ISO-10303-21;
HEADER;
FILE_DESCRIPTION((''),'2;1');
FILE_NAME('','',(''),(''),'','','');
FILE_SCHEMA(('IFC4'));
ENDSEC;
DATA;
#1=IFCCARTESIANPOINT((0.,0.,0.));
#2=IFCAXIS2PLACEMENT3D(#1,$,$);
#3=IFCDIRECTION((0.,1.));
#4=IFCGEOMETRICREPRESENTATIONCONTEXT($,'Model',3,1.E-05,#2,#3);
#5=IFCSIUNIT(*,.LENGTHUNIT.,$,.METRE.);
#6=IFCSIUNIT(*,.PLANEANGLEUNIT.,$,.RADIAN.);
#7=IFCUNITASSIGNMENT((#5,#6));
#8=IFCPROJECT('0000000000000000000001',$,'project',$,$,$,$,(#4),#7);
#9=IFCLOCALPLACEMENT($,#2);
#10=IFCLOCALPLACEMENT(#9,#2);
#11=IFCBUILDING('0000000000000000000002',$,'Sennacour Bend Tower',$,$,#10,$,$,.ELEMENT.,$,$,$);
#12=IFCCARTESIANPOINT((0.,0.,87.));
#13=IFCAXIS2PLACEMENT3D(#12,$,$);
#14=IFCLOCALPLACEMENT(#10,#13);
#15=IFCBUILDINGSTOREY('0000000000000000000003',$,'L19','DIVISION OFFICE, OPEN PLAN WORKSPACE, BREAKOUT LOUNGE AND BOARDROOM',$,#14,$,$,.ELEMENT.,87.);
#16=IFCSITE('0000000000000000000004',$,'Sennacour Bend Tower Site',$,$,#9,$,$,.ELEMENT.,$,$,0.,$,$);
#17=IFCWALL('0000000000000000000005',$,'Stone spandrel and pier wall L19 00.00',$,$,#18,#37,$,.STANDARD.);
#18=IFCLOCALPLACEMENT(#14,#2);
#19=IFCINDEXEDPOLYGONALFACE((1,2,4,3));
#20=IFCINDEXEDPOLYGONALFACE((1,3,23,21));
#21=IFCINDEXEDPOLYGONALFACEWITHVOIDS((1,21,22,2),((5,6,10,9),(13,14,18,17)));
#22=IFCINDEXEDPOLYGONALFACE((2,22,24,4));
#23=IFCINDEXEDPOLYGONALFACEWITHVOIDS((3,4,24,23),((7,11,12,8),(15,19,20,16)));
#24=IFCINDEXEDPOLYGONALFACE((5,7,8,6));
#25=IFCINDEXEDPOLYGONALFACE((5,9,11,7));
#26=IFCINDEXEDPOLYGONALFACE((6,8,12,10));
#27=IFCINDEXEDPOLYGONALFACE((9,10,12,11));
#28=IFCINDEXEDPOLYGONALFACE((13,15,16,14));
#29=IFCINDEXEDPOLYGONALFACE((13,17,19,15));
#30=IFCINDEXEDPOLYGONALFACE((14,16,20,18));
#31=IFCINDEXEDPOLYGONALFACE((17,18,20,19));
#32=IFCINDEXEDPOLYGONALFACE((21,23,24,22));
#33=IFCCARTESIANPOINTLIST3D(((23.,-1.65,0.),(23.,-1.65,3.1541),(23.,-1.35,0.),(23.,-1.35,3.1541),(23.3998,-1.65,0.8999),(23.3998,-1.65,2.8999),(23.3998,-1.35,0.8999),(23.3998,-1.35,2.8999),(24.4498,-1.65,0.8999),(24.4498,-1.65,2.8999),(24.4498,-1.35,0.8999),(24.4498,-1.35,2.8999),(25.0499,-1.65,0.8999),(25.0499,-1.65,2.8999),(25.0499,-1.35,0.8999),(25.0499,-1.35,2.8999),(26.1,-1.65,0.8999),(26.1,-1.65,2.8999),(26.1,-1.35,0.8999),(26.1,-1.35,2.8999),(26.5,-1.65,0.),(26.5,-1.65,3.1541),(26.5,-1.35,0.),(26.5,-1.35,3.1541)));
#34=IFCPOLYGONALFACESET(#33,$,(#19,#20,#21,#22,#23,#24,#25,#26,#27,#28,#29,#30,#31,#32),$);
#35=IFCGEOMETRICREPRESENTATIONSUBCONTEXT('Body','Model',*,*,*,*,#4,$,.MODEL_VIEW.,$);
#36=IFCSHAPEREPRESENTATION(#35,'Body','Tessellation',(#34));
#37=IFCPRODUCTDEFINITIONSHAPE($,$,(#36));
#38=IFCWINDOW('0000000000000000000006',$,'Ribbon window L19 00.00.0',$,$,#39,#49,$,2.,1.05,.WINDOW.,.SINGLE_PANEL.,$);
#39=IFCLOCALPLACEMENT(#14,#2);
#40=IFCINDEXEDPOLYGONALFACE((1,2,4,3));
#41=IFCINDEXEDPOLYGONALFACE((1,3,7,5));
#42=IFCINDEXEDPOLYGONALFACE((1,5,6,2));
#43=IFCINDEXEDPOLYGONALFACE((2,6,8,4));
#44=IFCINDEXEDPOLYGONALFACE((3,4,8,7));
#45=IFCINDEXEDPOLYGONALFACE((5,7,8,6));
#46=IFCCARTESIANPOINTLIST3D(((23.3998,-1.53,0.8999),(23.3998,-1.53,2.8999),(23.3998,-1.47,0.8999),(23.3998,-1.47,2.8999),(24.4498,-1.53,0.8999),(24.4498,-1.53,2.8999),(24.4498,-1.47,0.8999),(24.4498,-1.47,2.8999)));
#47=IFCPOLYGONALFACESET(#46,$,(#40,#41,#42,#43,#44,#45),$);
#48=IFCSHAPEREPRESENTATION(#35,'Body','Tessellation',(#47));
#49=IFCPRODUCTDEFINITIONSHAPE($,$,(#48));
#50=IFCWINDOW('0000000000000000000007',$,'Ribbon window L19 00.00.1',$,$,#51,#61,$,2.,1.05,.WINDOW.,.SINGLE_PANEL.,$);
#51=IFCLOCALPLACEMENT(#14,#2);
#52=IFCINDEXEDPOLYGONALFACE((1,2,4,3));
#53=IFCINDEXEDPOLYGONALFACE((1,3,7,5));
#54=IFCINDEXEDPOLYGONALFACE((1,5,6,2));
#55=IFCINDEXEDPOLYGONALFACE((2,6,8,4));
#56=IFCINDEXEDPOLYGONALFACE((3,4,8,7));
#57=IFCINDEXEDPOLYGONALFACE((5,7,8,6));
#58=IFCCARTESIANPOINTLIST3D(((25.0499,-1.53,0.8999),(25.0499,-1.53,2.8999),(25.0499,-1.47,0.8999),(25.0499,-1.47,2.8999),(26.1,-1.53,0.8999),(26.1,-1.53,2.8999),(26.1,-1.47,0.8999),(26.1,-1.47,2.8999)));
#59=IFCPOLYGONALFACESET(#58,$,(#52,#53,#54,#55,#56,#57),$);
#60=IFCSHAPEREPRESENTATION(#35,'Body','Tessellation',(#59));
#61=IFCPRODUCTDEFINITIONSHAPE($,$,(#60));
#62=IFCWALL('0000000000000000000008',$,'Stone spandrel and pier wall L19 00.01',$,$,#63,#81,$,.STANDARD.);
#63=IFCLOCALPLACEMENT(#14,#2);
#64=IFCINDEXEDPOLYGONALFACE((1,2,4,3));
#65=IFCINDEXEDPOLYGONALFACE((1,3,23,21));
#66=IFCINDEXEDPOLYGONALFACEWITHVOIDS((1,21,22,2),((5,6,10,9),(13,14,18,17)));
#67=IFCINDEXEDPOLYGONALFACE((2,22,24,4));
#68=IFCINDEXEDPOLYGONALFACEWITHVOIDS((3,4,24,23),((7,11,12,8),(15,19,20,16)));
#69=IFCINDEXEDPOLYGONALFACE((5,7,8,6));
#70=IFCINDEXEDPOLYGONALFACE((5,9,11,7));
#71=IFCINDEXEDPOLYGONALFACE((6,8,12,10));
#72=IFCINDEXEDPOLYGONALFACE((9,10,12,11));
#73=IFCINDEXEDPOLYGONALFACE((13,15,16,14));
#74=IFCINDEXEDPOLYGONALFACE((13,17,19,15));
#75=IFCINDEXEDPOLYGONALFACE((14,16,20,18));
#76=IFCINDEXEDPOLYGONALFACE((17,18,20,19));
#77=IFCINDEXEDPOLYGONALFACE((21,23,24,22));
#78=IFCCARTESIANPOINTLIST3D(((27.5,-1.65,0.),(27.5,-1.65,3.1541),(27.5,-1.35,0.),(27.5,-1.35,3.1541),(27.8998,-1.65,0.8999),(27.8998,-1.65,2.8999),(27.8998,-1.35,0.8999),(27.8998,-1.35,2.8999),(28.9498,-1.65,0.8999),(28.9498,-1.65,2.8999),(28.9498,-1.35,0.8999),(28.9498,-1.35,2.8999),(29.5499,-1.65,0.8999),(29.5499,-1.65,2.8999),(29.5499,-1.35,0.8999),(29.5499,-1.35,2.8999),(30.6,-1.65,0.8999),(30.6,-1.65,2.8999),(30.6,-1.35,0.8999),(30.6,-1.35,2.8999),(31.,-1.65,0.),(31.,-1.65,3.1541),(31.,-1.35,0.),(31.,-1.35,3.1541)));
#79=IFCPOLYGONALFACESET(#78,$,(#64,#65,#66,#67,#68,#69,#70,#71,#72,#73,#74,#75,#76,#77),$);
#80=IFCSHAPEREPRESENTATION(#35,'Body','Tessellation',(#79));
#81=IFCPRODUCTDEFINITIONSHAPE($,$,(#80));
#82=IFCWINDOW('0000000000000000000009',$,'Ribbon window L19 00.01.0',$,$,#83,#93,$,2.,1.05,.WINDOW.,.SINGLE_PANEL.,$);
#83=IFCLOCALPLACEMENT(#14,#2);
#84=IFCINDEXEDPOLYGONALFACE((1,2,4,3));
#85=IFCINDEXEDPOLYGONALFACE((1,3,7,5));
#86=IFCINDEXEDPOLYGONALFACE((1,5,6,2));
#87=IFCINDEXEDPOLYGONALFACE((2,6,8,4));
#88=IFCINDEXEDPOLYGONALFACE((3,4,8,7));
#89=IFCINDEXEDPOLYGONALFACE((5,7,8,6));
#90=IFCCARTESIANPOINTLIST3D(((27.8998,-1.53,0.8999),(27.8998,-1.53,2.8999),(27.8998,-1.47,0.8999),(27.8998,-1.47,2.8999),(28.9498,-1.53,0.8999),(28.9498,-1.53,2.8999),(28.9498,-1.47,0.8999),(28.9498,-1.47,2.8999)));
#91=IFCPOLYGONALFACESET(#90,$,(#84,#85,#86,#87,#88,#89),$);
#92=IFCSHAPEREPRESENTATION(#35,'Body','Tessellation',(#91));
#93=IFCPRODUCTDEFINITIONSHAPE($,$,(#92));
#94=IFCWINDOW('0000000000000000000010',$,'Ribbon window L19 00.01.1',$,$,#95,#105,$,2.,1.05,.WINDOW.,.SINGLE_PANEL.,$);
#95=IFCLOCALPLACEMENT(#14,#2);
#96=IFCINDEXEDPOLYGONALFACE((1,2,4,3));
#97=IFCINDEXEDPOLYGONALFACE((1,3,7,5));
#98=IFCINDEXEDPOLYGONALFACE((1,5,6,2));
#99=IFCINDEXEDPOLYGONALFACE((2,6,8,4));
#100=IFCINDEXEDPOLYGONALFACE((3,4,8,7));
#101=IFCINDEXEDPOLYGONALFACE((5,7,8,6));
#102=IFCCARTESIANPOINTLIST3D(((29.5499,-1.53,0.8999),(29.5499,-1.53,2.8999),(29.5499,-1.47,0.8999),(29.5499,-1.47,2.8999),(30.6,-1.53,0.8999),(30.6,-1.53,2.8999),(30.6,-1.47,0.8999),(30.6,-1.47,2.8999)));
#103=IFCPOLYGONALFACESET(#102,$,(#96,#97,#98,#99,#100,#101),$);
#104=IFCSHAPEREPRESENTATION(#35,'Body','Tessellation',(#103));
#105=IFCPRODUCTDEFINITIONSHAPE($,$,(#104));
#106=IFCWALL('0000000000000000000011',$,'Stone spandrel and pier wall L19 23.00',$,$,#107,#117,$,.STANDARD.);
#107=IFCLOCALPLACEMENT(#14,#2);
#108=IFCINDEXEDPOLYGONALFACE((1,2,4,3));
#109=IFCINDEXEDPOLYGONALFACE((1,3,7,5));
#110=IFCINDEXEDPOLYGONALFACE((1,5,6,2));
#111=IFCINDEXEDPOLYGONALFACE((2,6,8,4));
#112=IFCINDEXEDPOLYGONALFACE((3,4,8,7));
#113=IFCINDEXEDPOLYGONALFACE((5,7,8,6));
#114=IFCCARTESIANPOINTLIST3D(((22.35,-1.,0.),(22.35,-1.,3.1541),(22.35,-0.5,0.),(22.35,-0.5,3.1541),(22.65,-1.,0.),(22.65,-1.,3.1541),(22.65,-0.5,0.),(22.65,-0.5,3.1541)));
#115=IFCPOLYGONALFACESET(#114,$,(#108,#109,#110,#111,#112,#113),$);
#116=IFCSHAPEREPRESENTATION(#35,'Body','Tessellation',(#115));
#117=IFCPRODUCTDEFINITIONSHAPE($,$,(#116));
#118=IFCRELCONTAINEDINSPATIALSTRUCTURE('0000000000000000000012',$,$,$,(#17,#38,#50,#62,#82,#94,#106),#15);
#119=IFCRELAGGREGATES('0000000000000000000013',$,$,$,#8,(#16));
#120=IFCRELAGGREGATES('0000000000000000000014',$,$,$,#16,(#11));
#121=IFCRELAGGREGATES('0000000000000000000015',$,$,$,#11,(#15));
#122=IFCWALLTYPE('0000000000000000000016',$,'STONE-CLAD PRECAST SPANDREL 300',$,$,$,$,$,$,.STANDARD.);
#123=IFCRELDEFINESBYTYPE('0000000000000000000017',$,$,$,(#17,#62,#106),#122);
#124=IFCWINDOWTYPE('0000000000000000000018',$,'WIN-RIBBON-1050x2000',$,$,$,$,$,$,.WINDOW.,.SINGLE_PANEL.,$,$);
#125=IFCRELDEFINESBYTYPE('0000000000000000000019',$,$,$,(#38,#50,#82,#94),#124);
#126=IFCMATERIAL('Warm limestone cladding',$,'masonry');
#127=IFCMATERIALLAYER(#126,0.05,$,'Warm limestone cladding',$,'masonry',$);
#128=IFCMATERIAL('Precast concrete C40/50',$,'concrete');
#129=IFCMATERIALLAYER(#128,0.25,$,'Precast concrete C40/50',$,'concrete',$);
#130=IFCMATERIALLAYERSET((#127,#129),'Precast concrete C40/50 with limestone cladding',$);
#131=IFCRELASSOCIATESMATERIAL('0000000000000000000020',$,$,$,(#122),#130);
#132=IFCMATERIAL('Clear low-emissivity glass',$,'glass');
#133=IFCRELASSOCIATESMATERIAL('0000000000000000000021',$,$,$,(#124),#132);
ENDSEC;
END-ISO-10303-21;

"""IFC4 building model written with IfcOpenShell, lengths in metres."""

from ifc_helpers import new_model, si_unit, direction, frame, frame_2d, origin, place, context, subcontext, project, spatial, rectangle, extrude, material, layer, layer_set, type_object, element, fill, save


model = new_model("IFC4")

# Units and contexts
model_context = context("Model", 3, precision=1e-05, world=origin(), true_north=direction((0.0, 1.0)))
body_context = subcontext(model_context, "Body", "Model", "MODEL_VIEW")
ifc_project = project(units=[si_unit("LENGTHUNIT", "METRE"), si_unit("PLANEANGLEUNIT", "RADIAN")], contexts=[model_context])

# Site, building, storey
site_placement = place(None, origin())
site = spatial("IfcSite", under=ifc_project, at=site_placement, Name="Sennacour Bend Tower Site", CompositionType="ELEMENT", RefElevation=0.0)
building_placement = place(site_placement, origin())
building = spatial("IfcBuilding", under=site, at=building_placement, Name="Sennacour Bend Tower", CompositionType="ELEMENT")
storey_placement = place(building_placement, frame((0.0, 0.0, 87.0)))
storey = spatial("IfcBuildingStorey", under=building, at=storey_placement, Name="L19", Description="DIVISION OFFICE, OPEN PLAN WORKSPACE, BREAKOUT LOUNGE AND BOARDROOM", CompositionType="ELEMENT", Elevation=87.0)

# Walls, openings, windows
ifc_material_1 = material(Name="Warm limestone cladding", Category="masonry")
ifc_layer_1 = layer(ifc_material_1, 0.05, Name="Warm limestone cladding", Category="masonry")
ifc_material_2 = material(Name="Precast concrete C40/50", Category="concrete")
ifc_layer_2 = layer(ifc_material_2, 0.25, Name="Precast concrete C40/50", Category="concrete")
ifc_layer_set_1 = layer_set([ifc_layer_1, ifc_layer_2], Name="Precast concrete C40/50 with limestone cladding")
wall_type_1 = type_object("IfcWallType", Name="STONE-CLAD PRECAST SPANDREL 300", PredefinedType="STANDARD", material=ifc_layer_set_1)
wall_1_placement = place(storey_placement, frame((23.0, -1.5, 0.0), z_axis=(0.0, 0.0, 1.0), x_axis=(1.0, 0.0, 0.0)))
wall_1 = element("IfcWall", 1, at=wall_1_placement, inside=storey, type_object=wall_type_1, Name="Stone spandrel and pier wall L19 00.00", PredefinedType="STANDARD", context=body_context, shape_type="SweptSolid", body=[
    extrude(rectangle(XDim=3.5, YDim=0.3, at=frame_2d((1.75, 0.0))), origin(), (0.0, 0.0, 1.0), 3.1541),
])
opening_1_placement = place(wall_1_placement, frame((0.3999, 0.0, 0.8999)))
opening_1 = element("IfcOpeningElement", 2, at=opening_1_placement, cuts=wall_1, PredefinedType="OPENING", context=body_context, shape_type="SweptSolid", body=[
    extrude(rectangle(XDim=1.05, YDim=2.0, at=frame_2d((0.5249, 1.0))), frame((0.0, 0.1602, 0.0), z_axis=(0.0, -1.0, 0.0), x_axis=(1.0, 0.0, 0.0)), (0.0, 0.0, 1.0), 0.3201),
])
opening_2_placement = place(wall_1_placement, frame((2.05, 0.0, 0.8999)))
opening_2 = element("IfcOpeningElement", 3, at=opening_2_placement, cuts=wall_1, PredefinedType="OPENING", context=body_context, shape_type="SweptSolid", body=[
    extrude(rectangle(XDim=1.05, YDim=2.0, at=frame_2d((0.5249, 1.0))), frame((0.0, 0.1602, 0.0), z_axis=(0.0, -1.0, 0.0), x_axis=(1.0, 0.0, 0.0)), (0.0, 0.0, 1.0), 0.3201),
])
ifc_material_3 = material(Name="Clear low-emissivity glass", Category="glass")
window_type = type_object("IfcWindowType", Name="WIN-RIBBON-1050x2000", PartitioningType="SINGLE_PANEL", PredefinedType="WINDOW", material=ifc_material_3)
window_1_placement = place(opening_1_placement, origin())
window_1 = element("IfcWindow", 4, at=window_1_placement, inside=storey, type_object=window_type, Name="Ribbon window L19 00.00.0", OverallHeight=2.0, OverallWidth=1.05, PartitioningType="SINGLE_PANEL", PredefinedType="WINDOW", context=body_context, shape_type="SweptSolid", body=[
    extrude(rectangle(XDim=1.05, YDim=2.0, at=frame_2d((0.5249, 1.0))), frame((0.0, 0.03, 0.0), z_axis=(0.0, -1.0, 0.0), x_axis=(1.0, 0.0, 0.0)), (0.0, 0.0, 1.0), 0.0601),
])
fill(opening_1, window_1)
window_2_placement = place(opening_2_placement, origin())
window_2 = element("IfcWindow", 5, at=window_2_placement, inside=storey, type_object=window_type, Name="Ribbon window L19 00.00.1", OverallHeight=2.0, OverallWidth=1.05, PartitioningType="SINGLE_PANEL", PredefinedType="WINDOW", context=body_context, shape_type="SweptSolid", body=[
    extrude(rectangle(XDim=1.05, YDim=2.0, at=frame_2d((0.5249, 1.0))), frame((0.0, 0.03, 0.0), z_axis=(0.0, -1.0, 0.0), x_axis=(1.0, 0.0, 0.0)), (0.0, 0.0, 1.0), 0.0601),
])
fill(opening_2, window_2)
wall_2_placement = place(storey_placement, frame((27.5, -1.5, 0.0), z_axis=(0.0, 0.0, 1.0), x_axis=(1.0, 0.0, 0.0)))
wall_2 = element("IfcWall", 6, at=wall_2_placement, inside=storey, type_object=wall_type_1, Name="Stone spandrel and pier wall L19 00.01", PredefinedType="STANDARD", context=body_context, shape_type="SweptSolid", body=[
    extrude(rectangle(XDim=3.5, YDim=0.3, at=frame_2d((1.75, 0.0))), origin(), (0.0, 0.0, 1.0), 3.1541),
])
opening_3_placement = place(wall_2_placement, frame((0.3999, 0.0, 0.8999)))
opening_3 = element("IfcOpeningElement", 7, at=opening_3_placement, cuts=wall_2, PredefinedType="OPENING", context=body_context, shape_type="SweptSolid", body=[
    extrude(rectangle(XDim=1.05, YDim=2.0, at=frame_2d((0.5249, 1.0))), frame((0.0, 0.1602, 0.0), z_axis=(0.0, -1.0, 0.0), x_axis=(1.0, 0.0, 0.0)), (0.0, 0.0, 1.0), 0.3201),
])
opening_4_placement = place(wall_2_placement, frame((2.05, 0.0, 0.8999)))
opening_4 = element("IfcOpeningElement", 8, at=opening_4_placement, cuts=wall_2, PredefinedType="OPENING", context=body_context, shape_type="SweptSolid", body=[
    extrude(rectangle(XDim=1.05, YDim=2.0, at=frame_2d((0.5249, 1.0))), frame((0.0, 0.1602, 0.0), z_axis=(0.0, -1.0, 0.0), x_axis=(1.0, 0.0, 0.0)), (0.0, 0.0, 1.0), 0.3201),
])
window_3_placement = place(opening_3_placement, origin())
window_3 = element("IfcWindow", 9, at=window_3_placement, inside=storey, type_object=window_type, Name="Ribbon window L19 00.01.0", OverallHeight=2.0, OverallWidth=1.05, PartitioningType="SINGLE_PANEL", PredefinedType="WINDOW", context=body_context, shape_type="SweptSolid", body=[
    extrude(rectangle(XDim=1.05, YDim=2.0, at=frame_2d((0.5249, 1.0))), frame((0.0, 0.03, 0.0), z_axis=(0.0, -1.0, 0.0), x_axis=(1.0, 0.0, 0.0)), (0.0, 0.0, 1.0), 0.0601),
])
fill(opening_3, window_3)
window_4_placement = place(opening_4_placement, origin())
window_4 = element("IfcWindow", 10, at=window_4_placement, inside=storey, type_object=window_type, Name="Ribbon window L19 00.01.1", OverallHeight=2.0, OverallWidth=1.05, PartitioningType="SINGLE_PANEL", PredefinedType="WINDOW", context=body_context, shape_type="SweptSolid", body=[
    extrude(rectangle(XDim=1.05, YDim=2.0, at=frame_2d((0.5249, 1.0))), frame((0.0, 0.03, 0.0), z_axis=(0.0, -1.0, 0.0), x_axis=(1.0, 0.0, 0.0)), (0.0, 0.0, 1.0), 0.0601),
])
fill(opening_4, window_4)

# Wall
wall_3_placement = place(storey_placement, frame((22.5, -0.5, 0.0), z_axis=(0.0, 0.0, 1.0), x_axis=(0.0, -1.0, 0.0)))
element("IfcWall", 11, at=wall_3_placement, inside=storey, type_object=wall_type_1, Name="Stone spandrel and pier wall L19 23.00", PredefinedType="STANDARD", context=body_context, shape_type="SweptSolid", body=[
    extrude(rectangle(XDim=0.5, YDim=0.3, at=frame_2d((0.25, 0.0))), origin(), (0.0, 0.0, 1.0), 3.1541),
])

save(model, "model.ifc")
